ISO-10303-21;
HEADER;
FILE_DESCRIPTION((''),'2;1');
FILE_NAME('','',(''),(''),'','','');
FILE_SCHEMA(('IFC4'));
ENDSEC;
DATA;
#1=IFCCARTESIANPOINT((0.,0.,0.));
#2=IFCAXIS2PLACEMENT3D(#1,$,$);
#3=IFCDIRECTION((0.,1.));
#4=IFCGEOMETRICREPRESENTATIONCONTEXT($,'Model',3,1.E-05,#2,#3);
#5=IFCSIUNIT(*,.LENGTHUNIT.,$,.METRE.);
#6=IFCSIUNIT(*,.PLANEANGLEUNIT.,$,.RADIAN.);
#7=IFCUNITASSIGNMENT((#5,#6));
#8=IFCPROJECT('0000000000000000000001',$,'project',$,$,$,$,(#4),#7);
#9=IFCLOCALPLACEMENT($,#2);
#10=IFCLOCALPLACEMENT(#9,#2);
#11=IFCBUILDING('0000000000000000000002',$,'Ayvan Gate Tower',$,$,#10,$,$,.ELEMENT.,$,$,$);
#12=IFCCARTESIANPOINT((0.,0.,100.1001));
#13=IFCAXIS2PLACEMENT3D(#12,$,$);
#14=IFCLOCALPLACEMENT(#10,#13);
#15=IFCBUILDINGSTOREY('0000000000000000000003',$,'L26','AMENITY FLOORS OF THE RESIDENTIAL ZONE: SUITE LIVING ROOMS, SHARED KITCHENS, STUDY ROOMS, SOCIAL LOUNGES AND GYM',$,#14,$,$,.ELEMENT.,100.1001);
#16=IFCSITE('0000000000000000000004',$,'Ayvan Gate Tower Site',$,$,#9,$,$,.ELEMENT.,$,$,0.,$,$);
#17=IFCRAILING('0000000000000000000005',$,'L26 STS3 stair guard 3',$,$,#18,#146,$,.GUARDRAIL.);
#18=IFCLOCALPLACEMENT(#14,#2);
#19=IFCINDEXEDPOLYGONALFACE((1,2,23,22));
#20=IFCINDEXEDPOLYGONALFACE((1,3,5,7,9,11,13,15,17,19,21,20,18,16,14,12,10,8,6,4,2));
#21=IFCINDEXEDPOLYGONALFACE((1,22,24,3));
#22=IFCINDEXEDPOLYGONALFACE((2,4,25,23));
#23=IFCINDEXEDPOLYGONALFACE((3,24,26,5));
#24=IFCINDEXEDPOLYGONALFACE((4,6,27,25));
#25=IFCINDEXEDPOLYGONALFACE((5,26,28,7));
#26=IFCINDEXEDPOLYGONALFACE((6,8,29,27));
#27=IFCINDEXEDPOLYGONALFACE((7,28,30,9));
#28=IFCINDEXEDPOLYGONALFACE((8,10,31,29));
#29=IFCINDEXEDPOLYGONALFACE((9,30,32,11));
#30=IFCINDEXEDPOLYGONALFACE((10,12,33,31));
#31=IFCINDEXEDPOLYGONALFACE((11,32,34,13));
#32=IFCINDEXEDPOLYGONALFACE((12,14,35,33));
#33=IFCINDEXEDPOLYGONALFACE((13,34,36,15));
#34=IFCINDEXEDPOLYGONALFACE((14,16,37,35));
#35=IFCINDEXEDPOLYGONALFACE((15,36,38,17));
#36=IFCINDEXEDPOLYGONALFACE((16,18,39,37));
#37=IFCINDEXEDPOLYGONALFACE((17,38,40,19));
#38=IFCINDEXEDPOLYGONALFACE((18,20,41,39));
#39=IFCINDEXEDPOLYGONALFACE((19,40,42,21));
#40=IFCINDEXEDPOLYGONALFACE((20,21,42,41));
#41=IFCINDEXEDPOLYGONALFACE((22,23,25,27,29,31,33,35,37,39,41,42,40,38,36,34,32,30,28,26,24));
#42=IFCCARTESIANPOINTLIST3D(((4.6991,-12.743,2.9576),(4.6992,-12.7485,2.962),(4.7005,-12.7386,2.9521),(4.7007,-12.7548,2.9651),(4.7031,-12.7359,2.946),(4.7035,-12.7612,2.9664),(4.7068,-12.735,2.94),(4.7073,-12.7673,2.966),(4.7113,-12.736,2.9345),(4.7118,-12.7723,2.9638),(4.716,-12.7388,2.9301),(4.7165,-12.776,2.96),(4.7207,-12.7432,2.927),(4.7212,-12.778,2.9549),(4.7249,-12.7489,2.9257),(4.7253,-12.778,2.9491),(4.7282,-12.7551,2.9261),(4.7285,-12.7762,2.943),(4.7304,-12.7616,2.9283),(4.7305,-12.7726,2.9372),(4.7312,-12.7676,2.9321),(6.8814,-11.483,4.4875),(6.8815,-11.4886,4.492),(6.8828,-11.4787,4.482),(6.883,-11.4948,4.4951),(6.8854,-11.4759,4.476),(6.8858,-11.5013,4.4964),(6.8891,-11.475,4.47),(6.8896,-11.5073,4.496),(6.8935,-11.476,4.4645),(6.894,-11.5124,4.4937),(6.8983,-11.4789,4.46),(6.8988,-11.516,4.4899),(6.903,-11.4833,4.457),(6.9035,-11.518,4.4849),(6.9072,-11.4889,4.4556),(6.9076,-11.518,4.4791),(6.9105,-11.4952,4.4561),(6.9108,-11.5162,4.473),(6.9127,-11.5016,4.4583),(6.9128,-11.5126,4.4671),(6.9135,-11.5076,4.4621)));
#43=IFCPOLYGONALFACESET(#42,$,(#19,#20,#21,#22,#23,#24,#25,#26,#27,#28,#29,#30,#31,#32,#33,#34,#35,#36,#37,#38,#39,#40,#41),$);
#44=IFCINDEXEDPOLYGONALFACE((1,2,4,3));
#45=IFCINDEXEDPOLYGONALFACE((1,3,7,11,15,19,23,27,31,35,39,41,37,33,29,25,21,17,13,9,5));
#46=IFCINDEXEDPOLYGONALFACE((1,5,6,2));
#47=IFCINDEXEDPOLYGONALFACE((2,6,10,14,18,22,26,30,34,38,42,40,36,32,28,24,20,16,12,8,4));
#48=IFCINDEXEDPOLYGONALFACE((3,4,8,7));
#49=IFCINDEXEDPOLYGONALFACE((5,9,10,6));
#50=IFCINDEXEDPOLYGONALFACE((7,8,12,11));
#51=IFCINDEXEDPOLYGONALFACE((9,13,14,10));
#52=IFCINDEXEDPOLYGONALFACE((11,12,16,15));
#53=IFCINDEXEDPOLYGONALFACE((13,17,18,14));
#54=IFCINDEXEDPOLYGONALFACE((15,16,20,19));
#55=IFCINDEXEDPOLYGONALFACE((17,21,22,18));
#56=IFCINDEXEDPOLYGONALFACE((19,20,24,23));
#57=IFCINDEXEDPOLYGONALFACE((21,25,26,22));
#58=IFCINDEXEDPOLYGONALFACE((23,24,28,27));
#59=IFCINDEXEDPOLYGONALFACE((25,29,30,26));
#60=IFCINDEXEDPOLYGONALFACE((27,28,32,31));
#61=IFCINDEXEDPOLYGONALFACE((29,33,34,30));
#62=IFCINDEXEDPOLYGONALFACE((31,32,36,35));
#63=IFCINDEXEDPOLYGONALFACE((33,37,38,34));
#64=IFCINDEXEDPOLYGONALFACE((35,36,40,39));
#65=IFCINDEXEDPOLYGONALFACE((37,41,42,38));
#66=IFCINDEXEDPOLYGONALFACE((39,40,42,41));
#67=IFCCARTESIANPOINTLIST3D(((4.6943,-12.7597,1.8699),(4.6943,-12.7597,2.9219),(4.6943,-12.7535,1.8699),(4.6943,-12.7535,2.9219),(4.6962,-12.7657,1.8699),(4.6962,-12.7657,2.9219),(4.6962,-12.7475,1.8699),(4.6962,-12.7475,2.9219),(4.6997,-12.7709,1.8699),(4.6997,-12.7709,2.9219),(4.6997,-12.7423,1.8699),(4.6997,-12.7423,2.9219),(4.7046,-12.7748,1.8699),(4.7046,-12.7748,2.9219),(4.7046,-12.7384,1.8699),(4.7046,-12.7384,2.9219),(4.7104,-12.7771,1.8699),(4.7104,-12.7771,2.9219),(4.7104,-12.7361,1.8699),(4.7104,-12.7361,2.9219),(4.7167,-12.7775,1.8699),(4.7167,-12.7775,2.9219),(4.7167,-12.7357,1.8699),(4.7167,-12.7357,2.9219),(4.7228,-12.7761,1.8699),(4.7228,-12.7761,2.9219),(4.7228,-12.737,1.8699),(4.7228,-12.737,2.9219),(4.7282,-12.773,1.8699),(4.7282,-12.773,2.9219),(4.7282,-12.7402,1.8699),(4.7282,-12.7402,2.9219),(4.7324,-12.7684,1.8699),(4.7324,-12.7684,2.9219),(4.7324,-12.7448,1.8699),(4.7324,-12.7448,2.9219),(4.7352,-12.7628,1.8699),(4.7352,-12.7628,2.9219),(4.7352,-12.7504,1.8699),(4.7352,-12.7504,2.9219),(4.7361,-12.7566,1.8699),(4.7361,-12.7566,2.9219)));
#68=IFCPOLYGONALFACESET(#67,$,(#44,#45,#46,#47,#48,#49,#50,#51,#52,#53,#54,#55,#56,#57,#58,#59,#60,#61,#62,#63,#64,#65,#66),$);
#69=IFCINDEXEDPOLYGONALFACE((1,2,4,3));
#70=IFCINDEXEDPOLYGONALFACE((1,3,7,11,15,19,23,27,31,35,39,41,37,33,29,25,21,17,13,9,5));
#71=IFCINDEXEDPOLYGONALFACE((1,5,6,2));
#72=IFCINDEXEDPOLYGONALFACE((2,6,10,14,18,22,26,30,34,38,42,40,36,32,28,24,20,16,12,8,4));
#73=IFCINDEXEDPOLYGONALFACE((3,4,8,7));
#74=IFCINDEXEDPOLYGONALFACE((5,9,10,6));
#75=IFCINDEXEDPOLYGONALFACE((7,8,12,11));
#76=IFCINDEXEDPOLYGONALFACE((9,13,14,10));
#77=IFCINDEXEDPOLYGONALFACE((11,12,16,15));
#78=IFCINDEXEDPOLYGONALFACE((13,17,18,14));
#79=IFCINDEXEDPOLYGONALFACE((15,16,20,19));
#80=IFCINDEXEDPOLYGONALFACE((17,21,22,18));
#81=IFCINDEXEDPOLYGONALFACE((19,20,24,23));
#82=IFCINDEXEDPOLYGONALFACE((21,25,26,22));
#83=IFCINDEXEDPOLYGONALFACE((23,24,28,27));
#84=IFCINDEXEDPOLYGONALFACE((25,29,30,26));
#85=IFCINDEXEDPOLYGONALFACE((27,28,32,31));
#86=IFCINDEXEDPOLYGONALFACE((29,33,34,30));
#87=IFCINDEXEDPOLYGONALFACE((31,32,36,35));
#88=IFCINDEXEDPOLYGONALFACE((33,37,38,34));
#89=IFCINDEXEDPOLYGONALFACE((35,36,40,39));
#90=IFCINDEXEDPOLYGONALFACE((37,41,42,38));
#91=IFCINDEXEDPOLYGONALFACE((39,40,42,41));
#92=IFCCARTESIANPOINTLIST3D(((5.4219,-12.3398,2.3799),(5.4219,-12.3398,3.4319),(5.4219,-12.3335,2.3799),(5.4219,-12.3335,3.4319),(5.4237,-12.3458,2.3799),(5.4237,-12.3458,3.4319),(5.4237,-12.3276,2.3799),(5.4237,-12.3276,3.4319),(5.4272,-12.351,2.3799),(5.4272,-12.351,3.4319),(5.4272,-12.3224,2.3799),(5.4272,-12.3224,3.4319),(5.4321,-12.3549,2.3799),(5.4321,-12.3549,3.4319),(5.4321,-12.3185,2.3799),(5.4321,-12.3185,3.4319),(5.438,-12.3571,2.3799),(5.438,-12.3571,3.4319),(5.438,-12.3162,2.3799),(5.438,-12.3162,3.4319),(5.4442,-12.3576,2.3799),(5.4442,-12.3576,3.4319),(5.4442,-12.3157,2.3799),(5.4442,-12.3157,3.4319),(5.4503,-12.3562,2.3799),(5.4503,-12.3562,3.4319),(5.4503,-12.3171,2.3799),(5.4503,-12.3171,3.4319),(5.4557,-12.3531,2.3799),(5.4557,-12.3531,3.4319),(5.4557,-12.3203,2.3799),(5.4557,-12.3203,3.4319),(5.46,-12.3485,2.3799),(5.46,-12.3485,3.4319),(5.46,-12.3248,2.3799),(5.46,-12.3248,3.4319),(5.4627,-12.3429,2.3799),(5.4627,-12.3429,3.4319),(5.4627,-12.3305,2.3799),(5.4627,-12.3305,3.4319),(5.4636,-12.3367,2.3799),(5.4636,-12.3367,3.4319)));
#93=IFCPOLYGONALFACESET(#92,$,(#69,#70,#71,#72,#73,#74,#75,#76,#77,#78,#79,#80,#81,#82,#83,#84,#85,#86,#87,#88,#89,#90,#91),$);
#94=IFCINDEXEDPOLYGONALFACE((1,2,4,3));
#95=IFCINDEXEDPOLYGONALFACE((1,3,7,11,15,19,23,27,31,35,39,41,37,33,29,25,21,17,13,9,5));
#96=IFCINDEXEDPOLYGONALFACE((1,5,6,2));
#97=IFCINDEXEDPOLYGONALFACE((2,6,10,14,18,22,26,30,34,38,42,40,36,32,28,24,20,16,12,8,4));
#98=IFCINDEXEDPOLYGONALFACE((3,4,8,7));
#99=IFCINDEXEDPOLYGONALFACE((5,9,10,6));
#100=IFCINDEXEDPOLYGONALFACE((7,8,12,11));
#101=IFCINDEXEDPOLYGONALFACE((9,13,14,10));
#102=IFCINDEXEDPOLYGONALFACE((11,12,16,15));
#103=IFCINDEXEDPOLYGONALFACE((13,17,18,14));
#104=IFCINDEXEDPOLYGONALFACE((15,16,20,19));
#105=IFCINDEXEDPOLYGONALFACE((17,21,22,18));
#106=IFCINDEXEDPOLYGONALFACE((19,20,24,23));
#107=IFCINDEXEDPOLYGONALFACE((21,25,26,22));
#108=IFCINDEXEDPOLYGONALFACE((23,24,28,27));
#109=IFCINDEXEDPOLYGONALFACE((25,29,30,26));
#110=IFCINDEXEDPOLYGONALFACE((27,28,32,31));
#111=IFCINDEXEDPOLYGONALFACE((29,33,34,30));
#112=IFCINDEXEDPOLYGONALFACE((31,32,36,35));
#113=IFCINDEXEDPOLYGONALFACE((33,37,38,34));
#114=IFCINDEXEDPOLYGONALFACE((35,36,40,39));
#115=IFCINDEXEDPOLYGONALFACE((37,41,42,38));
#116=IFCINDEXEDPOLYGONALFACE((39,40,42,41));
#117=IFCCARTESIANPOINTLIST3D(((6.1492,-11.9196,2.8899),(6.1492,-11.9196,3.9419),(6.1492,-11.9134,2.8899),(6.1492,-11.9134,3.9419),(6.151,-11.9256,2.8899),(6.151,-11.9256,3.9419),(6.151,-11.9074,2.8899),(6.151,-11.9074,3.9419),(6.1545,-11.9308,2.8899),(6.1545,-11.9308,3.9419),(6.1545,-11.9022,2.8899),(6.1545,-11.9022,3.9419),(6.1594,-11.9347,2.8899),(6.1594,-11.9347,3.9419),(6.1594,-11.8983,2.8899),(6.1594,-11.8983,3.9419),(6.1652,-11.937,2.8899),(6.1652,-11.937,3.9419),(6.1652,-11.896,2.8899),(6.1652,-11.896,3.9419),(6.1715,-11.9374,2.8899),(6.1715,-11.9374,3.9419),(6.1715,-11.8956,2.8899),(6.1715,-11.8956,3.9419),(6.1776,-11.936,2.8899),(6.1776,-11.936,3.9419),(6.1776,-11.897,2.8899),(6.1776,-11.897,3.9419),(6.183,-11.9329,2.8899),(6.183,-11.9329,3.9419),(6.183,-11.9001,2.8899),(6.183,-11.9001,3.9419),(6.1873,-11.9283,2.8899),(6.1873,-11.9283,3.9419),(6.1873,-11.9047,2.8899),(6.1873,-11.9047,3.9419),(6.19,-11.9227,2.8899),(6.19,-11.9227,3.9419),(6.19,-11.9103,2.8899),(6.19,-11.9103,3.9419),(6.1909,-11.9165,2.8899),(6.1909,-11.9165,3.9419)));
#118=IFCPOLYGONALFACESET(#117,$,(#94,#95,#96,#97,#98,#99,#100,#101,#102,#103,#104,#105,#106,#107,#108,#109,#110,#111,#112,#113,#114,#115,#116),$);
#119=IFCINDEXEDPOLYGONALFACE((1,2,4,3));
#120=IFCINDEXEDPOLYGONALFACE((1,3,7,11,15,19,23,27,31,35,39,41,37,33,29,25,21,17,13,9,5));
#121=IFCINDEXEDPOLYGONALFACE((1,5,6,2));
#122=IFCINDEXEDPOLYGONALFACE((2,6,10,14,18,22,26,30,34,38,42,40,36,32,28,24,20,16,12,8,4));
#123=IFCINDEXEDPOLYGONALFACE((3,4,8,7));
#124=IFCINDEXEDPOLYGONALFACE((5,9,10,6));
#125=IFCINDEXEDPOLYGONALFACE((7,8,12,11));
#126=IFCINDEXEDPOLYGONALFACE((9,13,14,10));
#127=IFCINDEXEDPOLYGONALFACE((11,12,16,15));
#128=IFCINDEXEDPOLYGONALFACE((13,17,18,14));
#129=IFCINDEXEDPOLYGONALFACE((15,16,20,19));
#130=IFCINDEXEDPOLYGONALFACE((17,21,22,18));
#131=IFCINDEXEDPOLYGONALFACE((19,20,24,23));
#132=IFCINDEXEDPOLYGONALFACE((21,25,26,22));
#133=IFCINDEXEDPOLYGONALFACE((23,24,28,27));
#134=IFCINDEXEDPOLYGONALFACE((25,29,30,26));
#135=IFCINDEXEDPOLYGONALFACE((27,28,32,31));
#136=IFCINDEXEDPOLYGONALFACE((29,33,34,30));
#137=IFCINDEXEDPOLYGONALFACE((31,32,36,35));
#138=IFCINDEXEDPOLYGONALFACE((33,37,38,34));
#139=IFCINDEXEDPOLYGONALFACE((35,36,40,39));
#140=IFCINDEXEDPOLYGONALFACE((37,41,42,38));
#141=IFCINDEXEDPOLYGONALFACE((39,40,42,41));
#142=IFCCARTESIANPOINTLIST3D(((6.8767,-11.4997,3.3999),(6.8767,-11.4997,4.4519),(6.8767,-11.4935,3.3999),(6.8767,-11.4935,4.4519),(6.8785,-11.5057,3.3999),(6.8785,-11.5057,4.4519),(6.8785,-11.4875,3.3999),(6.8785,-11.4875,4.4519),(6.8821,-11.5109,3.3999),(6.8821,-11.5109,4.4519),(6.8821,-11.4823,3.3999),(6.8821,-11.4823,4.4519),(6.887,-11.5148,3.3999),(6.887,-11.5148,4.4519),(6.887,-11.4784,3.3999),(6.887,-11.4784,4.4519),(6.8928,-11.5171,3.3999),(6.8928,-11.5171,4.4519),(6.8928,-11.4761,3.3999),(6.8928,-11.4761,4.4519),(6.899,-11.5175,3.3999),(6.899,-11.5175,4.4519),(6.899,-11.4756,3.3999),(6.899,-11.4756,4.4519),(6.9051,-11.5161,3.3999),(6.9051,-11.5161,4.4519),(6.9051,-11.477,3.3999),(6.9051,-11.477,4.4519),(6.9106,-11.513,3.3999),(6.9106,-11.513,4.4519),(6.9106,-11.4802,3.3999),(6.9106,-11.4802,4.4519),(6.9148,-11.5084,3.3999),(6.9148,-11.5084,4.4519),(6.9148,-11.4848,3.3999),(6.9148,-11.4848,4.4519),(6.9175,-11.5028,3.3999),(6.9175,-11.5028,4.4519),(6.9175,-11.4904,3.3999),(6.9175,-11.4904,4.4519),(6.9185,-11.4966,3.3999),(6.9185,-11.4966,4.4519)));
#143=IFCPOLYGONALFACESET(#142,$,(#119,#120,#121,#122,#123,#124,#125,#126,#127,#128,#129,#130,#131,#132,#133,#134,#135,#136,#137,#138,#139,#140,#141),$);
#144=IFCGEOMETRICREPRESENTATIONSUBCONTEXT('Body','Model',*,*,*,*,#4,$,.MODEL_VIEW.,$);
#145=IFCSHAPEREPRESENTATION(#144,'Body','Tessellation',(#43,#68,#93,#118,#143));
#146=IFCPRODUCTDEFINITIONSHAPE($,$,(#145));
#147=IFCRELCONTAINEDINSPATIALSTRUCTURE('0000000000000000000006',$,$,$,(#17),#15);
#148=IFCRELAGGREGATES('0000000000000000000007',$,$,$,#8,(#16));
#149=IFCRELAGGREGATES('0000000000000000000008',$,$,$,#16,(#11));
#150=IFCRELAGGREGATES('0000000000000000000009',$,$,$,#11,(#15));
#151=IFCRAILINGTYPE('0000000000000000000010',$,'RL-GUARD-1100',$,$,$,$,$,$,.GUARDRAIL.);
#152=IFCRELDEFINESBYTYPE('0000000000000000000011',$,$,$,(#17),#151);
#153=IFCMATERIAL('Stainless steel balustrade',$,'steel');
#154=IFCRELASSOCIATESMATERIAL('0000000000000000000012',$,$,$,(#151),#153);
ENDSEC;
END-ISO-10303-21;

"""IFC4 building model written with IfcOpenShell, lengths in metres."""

from ifc_helpers import new_model, si_unit, direction, frame, origin, origin_2d, place, context, subcontext, project, spatial, circle, extrude, material, type_object, element, save


model = new_model("IFC4")

# Units and contexts
model_context = context("Model", 3, precision=1e-05, world=origin(), true_north=direction((0.0, 1.0)))
body_context = subcontext(model_context, "Body", "Model", "MODEL_VIEW")
ifc_project = project(units=[si_unit("LENGTHUNIT", "METRE"), si_unit("PLANEANGLEUNIT", "RADIAN")], contexts=[model_context])

# Site, building, storey
site_placement = place(None, origin())
site = spatial("IfcSite", under=ifc_project, at=site_placement, Name="Ayvan Gate Tower Site", CompositionType="ELEMENT", RefElevation=0.0)
building_placement = place(site_placement, origin())
building = spatial("IfcBuilding", under=site, at=building_placement, Name="Ayvan Gate Tower", CompositionType="ELEMENT")
storey_placement = place(building_placement, frame((0.0, 0.0, 100.1001)))
storey = spatial("IfcBuildingStorey", under=building, at=storey_placement, Name="L26", Description="AMENITY FLOORS OF THE RESIDENTIAL ZONE: SUITE LIVING ROOMS, SHARED KITCHENS, STUDY ROOMS, SOCIAL LOUNGES AND GYM", CompositionType="ELEMENT", Elevation=100.1001)

# Railing
ifc_material_1 = material(Name="Stainless steel balustrade", Category="steel")
railing_type_1 = type_object("IfcRailingType", Name="RL-GUARD-1100", PredefinedType="GUARDRAIL", material=ifc_material_1)
railing_1_placement = place(storey_placement, frame((4.7151, -12.7566, 1.8699)))
element("IfcRailing", 1, at=railing_1_placement, inside=storey, type_object=railing_type_1, Name="L26 STS3 stair guard 3", PredefinedType="GUARDRAIL", context=body_context, shape_type="SweptSolid", body=[
    extrude(circle(Radius=0.0239, at=origin_2d()), frame((0.0, 0.0, 1.0762), z_axis=(0.740261, 0.427395, 0.518986), x_axis=(-0.500005, 0.866023, 0.0)), (0.0, 0.0, 1.0), 2.948),
    extrude(circle(Radius=0.021, at=origin_2d()), origin(), (0.0, 0.0, 1.0), 1.052),
    extrude(circle(Radius=0.021, at=origin_2d()), frame((0.7275, 0.4199, 0.51)), (0.0, 0.0, 1.0), 1.052),
    extrude(circle(Radius=0.021, at=origin_2d()), frame((1.4548, 0.8401, 1.02)), (0.0, 0.0, 1.0), 1.052),
    extrude(circle(Radius=0.021, at=origin_2d()), frame((2.1824, 1.26, 1.53)), (0.0, 0.0, 1.0), 1.052),
])

save(model, "model.ifc")
